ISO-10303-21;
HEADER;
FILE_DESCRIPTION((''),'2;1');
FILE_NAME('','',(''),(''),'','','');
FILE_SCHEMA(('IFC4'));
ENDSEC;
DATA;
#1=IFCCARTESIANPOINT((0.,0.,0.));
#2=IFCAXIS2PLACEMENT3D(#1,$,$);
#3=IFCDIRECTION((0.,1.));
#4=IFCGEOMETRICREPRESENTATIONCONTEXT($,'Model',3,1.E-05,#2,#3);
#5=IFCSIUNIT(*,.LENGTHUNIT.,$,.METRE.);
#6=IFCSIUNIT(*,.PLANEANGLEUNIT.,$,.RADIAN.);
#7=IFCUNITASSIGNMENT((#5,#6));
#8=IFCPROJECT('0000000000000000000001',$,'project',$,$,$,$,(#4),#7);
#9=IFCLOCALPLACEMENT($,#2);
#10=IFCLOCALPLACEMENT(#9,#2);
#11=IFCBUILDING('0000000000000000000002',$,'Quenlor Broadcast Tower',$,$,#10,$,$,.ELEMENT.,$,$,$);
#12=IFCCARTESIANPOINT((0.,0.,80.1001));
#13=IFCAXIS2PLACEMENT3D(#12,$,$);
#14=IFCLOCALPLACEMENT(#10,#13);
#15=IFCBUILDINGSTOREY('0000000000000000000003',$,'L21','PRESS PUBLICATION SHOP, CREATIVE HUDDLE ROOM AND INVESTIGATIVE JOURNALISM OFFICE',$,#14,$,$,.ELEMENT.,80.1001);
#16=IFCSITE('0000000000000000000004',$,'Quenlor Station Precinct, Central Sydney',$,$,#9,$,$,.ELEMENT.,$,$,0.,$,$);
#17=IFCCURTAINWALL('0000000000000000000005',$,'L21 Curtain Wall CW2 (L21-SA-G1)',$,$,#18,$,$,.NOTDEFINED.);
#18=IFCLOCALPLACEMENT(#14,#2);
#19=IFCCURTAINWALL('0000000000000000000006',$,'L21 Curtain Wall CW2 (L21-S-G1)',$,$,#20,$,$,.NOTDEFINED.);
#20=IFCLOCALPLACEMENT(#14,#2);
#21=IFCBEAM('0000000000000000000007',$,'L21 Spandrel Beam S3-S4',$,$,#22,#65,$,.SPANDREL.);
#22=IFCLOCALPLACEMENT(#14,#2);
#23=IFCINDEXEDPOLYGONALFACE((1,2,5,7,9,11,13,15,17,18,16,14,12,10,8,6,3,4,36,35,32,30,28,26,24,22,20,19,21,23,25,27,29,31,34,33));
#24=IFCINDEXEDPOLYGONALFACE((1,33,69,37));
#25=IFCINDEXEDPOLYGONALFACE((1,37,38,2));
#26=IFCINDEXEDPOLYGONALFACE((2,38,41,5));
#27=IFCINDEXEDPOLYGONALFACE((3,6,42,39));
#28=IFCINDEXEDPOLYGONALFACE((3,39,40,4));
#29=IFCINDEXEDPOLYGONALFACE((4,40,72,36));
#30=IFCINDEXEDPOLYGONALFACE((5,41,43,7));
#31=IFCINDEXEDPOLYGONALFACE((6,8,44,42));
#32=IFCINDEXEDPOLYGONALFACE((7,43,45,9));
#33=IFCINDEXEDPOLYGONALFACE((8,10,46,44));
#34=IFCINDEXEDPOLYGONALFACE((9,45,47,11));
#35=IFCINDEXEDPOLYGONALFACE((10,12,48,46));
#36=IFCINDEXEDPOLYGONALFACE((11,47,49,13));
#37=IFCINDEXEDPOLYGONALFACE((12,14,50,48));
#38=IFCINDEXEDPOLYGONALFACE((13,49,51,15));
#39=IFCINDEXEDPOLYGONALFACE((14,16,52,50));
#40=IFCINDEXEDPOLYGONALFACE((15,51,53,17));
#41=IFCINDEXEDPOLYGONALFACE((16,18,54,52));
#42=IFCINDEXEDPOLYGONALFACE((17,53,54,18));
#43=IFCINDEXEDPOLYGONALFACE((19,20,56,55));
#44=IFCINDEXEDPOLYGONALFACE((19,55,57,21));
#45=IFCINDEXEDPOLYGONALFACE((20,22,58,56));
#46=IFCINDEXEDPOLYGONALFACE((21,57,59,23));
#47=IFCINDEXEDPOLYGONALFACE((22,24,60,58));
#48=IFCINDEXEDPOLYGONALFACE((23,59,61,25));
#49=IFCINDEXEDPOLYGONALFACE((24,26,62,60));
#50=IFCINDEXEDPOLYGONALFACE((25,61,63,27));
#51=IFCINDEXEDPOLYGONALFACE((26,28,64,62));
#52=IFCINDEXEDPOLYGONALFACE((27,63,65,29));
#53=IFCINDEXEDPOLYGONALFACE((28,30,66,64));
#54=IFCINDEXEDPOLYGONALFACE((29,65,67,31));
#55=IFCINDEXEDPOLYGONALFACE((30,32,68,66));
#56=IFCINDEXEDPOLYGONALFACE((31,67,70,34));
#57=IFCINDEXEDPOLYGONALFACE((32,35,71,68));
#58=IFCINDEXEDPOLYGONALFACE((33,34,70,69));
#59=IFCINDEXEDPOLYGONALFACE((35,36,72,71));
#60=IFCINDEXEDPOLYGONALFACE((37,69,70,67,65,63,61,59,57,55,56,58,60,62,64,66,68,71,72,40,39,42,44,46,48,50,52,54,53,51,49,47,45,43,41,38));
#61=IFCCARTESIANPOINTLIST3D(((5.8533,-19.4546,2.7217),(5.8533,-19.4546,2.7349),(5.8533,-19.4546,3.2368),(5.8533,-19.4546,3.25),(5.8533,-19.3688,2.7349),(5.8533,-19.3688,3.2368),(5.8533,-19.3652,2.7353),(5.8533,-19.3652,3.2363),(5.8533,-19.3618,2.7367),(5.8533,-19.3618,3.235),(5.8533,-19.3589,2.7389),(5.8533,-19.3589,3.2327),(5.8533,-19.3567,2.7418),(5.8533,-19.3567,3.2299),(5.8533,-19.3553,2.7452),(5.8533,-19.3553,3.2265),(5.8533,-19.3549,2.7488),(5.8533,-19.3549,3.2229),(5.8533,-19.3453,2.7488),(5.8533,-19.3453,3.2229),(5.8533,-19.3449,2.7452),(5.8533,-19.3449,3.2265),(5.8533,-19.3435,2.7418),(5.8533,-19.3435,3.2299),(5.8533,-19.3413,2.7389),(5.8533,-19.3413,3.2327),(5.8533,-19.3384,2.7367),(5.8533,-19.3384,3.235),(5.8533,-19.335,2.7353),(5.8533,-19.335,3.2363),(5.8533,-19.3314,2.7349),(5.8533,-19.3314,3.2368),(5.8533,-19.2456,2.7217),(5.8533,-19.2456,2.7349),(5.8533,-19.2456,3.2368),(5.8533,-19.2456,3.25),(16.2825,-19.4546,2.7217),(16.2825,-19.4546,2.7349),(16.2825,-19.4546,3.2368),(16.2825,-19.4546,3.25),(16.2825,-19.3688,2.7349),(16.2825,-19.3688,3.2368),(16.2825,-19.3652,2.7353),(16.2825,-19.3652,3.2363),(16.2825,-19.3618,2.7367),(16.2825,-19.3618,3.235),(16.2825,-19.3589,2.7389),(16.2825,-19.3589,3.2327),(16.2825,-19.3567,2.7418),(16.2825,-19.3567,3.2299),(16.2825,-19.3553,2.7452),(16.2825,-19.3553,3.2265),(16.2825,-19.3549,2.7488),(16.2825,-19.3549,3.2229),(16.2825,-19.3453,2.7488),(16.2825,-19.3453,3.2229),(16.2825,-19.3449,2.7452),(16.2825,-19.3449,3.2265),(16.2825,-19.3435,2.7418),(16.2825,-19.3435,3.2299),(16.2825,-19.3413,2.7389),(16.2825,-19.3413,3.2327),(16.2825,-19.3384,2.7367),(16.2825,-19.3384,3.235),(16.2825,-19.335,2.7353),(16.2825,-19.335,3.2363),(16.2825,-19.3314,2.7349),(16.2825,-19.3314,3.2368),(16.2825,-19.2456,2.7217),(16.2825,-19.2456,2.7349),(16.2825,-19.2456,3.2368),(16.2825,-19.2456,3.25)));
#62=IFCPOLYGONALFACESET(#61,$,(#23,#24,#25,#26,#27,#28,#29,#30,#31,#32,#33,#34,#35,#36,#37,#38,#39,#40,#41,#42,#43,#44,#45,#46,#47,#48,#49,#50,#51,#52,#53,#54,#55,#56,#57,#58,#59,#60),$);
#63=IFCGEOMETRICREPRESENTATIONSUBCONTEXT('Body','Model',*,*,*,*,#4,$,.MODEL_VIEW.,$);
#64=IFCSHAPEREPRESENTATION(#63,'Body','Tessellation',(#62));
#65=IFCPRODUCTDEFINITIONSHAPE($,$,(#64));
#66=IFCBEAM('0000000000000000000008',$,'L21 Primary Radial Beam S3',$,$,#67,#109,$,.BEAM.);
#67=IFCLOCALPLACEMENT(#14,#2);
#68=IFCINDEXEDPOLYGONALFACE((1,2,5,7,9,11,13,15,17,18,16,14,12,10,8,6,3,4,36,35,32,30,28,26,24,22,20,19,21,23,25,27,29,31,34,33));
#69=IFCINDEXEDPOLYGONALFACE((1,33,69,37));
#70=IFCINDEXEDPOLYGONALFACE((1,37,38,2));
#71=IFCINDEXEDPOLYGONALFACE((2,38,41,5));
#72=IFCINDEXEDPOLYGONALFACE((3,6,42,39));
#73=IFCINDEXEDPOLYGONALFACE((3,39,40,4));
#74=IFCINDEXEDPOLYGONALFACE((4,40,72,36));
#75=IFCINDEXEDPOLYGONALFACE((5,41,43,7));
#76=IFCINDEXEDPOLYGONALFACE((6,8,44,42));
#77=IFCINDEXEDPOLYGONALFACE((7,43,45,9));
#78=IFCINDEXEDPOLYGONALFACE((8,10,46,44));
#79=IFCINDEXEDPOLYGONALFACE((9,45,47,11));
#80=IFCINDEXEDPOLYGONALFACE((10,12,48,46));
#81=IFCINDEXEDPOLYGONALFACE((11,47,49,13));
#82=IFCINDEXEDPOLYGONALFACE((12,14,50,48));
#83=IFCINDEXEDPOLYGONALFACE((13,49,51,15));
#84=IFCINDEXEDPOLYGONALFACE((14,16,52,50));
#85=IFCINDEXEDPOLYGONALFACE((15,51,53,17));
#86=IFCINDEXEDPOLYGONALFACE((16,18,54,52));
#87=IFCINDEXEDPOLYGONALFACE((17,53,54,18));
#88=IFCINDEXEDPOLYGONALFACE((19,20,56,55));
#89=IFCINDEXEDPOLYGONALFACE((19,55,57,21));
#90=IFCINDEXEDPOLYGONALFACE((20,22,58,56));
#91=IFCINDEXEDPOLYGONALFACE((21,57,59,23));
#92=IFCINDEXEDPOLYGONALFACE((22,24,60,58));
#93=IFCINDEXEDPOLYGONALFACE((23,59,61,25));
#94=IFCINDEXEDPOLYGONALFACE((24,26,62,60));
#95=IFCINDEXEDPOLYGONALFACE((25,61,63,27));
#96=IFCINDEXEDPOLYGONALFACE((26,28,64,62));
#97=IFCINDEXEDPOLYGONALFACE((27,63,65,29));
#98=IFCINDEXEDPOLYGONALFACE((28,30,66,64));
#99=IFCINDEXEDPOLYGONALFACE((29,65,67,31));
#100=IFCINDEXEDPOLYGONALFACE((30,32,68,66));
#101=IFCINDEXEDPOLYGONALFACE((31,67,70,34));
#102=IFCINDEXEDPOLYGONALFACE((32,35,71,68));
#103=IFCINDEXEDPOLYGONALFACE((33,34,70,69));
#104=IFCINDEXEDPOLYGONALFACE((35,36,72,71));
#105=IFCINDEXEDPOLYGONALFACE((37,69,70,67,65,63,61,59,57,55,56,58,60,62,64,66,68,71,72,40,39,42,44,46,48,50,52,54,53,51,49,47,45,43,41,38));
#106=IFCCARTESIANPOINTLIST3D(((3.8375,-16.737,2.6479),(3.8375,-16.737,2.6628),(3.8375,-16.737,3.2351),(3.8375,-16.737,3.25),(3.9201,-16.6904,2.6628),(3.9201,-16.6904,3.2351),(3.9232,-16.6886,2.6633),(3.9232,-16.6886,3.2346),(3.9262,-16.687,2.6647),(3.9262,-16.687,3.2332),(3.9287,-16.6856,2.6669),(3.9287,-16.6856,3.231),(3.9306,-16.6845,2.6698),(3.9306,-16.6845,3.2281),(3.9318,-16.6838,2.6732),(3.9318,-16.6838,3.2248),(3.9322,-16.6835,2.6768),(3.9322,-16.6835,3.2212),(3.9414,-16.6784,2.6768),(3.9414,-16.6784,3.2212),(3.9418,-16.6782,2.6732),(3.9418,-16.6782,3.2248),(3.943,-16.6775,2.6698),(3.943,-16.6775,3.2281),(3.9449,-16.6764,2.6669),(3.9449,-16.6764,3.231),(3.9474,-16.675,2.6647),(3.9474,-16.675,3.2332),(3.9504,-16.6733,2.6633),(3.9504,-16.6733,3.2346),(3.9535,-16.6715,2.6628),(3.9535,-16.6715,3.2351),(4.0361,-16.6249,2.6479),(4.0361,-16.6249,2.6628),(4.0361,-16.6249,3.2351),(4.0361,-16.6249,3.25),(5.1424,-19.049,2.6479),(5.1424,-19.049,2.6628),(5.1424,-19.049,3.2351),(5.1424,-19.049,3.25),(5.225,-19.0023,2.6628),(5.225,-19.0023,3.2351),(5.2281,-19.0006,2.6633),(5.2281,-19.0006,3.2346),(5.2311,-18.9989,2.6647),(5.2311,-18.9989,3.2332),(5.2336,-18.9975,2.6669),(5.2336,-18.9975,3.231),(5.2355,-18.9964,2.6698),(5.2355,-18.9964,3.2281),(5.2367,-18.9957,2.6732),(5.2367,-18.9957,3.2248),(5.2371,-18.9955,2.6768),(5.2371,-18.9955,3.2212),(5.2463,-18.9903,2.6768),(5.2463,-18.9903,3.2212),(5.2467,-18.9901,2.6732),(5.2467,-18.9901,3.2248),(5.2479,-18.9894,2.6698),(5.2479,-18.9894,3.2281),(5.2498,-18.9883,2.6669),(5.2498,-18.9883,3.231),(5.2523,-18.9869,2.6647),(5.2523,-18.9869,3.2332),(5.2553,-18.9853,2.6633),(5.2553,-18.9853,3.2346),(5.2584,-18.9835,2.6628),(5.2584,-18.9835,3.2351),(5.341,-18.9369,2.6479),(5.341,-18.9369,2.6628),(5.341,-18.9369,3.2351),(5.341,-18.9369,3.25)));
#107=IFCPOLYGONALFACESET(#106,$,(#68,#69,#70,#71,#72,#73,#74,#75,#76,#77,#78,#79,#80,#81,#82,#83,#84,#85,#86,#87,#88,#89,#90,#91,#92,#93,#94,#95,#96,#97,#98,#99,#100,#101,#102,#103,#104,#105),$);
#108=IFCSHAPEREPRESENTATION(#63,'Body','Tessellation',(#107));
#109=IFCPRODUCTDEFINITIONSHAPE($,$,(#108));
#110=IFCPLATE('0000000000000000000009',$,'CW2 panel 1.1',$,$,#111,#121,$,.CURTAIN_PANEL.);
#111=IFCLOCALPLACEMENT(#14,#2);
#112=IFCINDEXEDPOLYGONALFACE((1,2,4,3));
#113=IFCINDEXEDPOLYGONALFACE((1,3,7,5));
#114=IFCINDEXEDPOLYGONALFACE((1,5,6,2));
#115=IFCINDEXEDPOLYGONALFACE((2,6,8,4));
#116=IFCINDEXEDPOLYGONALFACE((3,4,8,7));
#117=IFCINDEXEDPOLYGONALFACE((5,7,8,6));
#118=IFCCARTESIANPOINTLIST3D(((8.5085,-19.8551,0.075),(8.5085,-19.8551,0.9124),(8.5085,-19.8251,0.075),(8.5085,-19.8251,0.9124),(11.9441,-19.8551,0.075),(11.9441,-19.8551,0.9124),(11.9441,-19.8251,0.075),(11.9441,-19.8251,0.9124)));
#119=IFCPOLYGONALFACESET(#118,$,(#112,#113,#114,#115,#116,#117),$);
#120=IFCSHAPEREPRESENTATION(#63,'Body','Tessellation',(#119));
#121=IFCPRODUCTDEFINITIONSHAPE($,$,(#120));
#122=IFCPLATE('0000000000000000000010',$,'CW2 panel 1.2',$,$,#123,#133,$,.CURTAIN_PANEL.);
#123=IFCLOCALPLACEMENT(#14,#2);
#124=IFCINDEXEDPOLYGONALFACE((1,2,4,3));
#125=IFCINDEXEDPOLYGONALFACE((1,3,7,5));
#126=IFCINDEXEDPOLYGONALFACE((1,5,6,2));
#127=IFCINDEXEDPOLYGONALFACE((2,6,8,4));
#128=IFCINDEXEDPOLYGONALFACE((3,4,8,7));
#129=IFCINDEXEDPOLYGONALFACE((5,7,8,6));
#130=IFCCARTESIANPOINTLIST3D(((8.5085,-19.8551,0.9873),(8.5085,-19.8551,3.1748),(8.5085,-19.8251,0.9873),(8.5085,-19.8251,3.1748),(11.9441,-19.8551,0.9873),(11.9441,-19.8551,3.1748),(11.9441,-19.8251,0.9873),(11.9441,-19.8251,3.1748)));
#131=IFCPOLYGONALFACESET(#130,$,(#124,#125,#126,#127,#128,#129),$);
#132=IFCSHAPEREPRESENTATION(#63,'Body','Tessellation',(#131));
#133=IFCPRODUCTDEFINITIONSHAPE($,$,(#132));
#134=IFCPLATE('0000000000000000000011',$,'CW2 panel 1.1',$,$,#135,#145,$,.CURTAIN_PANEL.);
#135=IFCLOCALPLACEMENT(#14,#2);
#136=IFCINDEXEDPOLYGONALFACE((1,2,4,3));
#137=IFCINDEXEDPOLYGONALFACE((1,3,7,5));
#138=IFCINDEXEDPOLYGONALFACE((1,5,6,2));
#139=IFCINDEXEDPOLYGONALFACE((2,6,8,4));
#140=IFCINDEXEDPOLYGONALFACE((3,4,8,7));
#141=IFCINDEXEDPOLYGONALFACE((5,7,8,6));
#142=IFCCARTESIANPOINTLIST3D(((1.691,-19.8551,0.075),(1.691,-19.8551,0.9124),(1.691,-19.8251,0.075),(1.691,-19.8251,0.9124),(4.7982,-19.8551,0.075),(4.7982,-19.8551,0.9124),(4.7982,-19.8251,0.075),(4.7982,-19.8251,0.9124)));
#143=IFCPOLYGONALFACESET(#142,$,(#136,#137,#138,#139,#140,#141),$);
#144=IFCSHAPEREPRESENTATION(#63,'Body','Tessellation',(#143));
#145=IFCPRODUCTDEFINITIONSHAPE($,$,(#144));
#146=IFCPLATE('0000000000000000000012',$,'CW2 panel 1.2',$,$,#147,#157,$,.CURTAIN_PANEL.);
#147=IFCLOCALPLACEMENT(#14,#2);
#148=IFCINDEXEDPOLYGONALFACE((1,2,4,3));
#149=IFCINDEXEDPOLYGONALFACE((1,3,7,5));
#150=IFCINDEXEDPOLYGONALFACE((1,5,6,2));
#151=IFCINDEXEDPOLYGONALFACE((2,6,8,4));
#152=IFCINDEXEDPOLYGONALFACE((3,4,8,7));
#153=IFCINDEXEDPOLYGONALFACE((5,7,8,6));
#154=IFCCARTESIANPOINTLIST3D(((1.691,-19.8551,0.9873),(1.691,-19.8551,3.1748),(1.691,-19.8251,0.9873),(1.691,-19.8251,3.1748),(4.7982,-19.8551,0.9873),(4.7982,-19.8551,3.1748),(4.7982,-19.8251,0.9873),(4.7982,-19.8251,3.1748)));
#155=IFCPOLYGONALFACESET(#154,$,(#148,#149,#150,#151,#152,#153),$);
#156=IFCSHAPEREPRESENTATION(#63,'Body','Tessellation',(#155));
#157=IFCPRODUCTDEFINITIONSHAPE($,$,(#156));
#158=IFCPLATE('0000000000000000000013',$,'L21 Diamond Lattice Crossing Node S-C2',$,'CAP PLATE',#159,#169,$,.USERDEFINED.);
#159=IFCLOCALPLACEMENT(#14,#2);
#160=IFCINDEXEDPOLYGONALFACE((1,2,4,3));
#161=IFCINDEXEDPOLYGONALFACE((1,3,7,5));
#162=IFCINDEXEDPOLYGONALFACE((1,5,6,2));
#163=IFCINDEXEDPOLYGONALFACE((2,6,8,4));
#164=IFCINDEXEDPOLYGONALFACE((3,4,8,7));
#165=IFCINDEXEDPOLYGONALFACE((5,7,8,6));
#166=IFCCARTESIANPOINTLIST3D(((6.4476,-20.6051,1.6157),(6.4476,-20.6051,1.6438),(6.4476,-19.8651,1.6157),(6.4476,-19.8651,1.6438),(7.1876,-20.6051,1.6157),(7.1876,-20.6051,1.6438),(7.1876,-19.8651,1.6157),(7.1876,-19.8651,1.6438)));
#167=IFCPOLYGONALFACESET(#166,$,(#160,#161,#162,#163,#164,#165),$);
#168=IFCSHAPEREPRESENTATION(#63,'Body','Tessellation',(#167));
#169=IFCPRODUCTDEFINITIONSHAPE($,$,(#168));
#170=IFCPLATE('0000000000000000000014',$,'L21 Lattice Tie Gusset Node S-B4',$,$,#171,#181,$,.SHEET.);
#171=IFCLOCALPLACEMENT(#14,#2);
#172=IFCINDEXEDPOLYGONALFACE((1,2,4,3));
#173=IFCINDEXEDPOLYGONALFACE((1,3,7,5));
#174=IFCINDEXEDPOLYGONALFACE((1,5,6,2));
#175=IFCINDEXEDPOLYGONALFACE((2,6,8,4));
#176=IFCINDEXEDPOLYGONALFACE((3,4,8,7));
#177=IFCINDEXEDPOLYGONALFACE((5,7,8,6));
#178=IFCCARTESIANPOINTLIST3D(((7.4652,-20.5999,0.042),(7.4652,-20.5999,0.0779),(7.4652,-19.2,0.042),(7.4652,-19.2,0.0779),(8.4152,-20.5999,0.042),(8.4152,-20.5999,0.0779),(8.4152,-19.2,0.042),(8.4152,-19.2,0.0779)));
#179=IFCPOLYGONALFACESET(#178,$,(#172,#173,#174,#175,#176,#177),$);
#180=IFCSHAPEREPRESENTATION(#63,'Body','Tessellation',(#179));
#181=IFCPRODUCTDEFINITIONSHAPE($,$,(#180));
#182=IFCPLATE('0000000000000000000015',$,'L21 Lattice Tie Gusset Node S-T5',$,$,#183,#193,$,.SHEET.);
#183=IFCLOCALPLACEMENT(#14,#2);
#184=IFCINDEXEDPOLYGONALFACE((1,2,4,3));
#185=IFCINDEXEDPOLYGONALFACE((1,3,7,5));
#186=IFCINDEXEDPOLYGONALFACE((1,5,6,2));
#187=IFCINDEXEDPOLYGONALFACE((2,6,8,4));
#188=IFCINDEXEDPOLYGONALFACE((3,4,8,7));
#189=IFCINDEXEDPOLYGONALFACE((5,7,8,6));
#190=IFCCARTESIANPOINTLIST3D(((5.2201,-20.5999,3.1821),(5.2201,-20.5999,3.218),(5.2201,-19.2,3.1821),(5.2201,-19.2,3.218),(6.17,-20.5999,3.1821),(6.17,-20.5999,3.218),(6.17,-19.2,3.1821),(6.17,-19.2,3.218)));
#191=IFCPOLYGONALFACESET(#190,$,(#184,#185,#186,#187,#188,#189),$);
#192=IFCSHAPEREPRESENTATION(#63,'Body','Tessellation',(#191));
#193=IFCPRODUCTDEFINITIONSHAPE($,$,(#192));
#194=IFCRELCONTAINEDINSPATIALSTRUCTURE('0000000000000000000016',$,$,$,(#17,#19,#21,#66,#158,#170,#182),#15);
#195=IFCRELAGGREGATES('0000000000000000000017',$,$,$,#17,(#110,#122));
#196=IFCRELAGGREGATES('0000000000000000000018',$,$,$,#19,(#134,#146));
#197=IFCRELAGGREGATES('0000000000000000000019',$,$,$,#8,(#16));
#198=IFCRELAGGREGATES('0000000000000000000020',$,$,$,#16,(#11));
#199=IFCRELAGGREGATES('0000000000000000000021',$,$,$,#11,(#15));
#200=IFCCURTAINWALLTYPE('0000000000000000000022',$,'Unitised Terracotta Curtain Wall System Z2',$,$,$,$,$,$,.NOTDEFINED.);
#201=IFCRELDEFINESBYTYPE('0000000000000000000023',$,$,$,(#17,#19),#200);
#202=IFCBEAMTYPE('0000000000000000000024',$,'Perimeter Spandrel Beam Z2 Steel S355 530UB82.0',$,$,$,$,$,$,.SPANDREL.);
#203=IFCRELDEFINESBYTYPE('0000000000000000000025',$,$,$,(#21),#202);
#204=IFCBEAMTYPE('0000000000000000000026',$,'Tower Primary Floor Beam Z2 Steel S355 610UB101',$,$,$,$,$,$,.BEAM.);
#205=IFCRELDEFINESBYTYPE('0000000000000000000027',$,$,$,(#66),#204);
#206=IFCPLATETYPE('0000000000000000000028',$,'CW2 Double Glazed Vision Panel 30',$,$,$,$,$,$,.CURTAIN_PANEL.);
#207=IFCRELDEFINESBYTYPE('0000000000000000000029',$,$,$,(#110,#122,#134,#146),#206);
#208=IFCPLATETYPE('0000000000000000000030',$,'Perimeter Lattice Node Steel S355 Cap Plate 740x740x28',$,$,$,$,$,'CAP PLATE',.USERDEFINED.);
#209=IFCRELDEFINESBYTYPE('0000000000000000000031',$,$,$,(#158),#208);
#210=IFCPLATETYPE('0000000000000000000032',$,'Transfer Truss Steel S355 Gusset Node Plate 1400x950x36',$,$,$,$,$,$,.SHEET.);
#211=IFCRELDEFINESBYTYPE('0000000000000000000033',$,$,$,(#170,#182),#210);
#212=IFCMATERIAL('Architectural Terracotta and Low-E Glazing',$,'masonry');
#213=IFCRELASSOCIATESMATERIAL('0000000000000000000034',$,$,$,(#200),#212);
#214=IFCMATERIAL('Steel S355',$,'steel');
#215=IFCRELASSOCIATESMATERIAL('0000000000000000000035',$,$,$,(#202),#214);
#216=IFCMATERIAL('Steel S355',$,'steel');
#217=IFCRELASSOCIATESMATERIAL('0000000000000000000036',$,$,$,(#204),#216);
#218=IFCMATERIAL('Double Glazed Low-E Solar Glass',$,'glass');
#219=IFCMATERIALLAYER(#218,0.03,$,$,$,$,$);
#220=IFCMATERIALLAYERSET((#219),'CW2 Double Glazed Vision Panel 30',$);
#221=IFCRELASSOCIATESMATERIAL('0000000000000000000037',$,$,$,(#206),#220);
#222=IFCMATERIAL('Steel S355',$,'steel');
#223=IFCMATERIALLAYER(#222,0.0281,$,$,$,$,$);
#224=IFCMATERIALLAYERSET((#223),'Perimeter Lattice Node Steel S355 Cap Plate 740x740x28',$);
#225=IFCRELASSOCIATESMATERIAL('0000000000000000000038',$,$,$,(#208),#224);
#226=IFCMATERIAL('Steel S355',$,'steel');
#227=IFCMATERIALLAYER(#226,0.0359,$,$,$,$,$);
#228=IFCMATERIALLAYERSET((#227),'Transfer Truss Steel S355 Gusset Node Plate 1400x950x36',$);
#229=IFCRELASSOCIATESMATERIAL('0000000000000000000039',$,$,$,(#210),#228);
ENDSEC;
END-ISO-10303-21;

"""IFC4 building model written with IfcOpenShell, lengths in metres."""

from ifc_helpers import new_model, si_unit, direction, frame, origin, origin_2d, place, context, subcontext, project, spatial, rectangle, i_section, extrude, material, layer, layer_set, material_profile, profile_set, type_object, element, aggregate, save


model = new_model("IFC4")

# Units and contexts
model_context = context("Model", 3, precision=1e-05, world=origin(), true_north=direction((0.0, 1.0)))
body_context = subcontext(model_context, "Body", "Model", "MODEL_VIEW")
ifc_project = project(units=[si_unit("LENGTHUNIT", "METRE"), si_unit("PLANEANGLEUNIT", "RADIAN")], contexts=[model_context])

# Site, building, storey
site_placement = place(None, origin())
site = spatial("IfcSite", under=ifc_project, at=site_placement, Name="Quenlor Station Precinct, Central Sydney", CompositionType="ELEMENT", RefElevation=0.0)
building_placement = place(site_placement, origin())
building = spatial("IfcBuilding", under=site, at=building_placement, Name="Quenlor Broadcast Tower", CompositionType="ELEMENT")
storey_placement = place(building_placement, frame((0.0, 0.0, 80.1001)))
storey = spatial("IfcBuildingStorey", under=building, at=storey_placement, Name="L21", Description="PRESS PUBLICATION SHOP, CREATIVE HUDDLE ROOM AND INVESTIGATIVE JOURNALISM OFFICE", CompositionType="ELEMENT", Elevation=80.1001)

# Curtain wall
ifc_material_1 = material(Name="Architectural Terracotta and Low-E Glazing", Category="masonry")
curtain_wall_type = type_object("IfcCurtainWallType", Name="Unitised Terracotta Curtain Wall System Z2", PredefinedType="NOTDEFINED", material=ifc_material_1)
curtain_wall_1_placement = place(storey_placement, origin())
curtain_wall_1 = element("IfcCurtainWall", 1, at=curtain_wall_1_placement, inside=storey, type_object=curtain_wall_type, Name="L21 Curtain Wall CW2 (L21-SA-G1)", PredefinedType="NOTDEFINED")

# Curtain wall
curtain_wall_2_placement = place(storey_placement, origin())
curtain_wall_2 = element("IfcCurtainWall", 2, at=curtain_wall_2_placement, inside=storey, type_object=curtain_wall_type, Name="L21 Curtain Wall CW2 (L21-S-G1)", PredefinedType="NOTDEFINED")

# Beams
ifc_material_2 = material(Name="Steel S355", Category="steel")
ifc_material_profile_1 = material_profile(ifc_material_2, i_section(OverallWidth=0.209, OverallDepth=0.5283, WebThickness=0.0095, FlangeThickness=0.0132, FilletRadius=0.0139, at=origin_2d()))
ifc_profile_set_1 = profile_set([ifc_material_profile_1], Name="Steel S355 530UB82.0")
beam_type_1 = type_object("IfcBeamType", Name="Perimeter Spandrel Beam Z2 Steel S355 530UB82.0", PredefinedType="SPANDREL", material=ifc_profile_set_1)
beam_1_placement = place(storey_placement, frame((5.8533, -19.3501, 2.9858), z_axis=(1.0, 0.0, 0.0), x_axis=(0.0, 1.0, 0.0)))
element("IfcBeam", 3, at=beam_1_placement, inside=storey, type_object=beam_type_1, Name="L21 Spandrel Beam S3-S4", PredefinedType="SPANDREL", context=body_context, shape_type="SweptSolid", body=[
    extrude(i_section(OverallWidth=0.209, OverallDepth=0.5283, WebThickness=0.0095, FlangeThickness=0.0132, FilletRadius=0.0139, at=origin_2d()), origin(), (0.0, 0.0, 1.0), 10.4292),
])
ifc_material_3 = material(Name="Steel S355", Category="steel")
ifc_material_profile_2 = material_profile(ifc_material_3, i_section(OverallWidth=0.228, OverallDepth=0.6021, WebThickness=0.0105, FlangeThickness=0.0149, FilletRadius=0.0139, at=origin_2d()))
ifc_profile_set_2 = profile_set([ifc_material_profile_2], Name="Steel S355 610UB101")
beam_type_2 = type_object("IfcBeamType", Name="Tower Primary Floor Beam Z2 Steel S355 610UB101", PredefinedType="BEAM", material=ifc_profile_set_2)
beam_2_placement = place(storey_placement, frame((5.2417, -18.9929, 2.949), z_axis=(-0.491527, 0.870862, 0.0), x_axis=(-0.870862, -0.491527, 0.0)))
element("IfcBeam", 4, at=beam_2_placement, inside=storey, type_object=beam_type_2, Name="L21 Primary Radial Beam S3", PredefinedType="BEAM", context=body_context, shape_type="SweptSolid", body=[
    extrude(i_section(OverallWidth=0.228, OverallDepth=0.6021, WebThickness=0.0105, FlangeThickness=0.0149, FilletRadius=0.0139, at=origin_2d()), origin(), (0.0, 0.0, 1.0), 2.6548),
])

# Plates
ifc_material_4 = material(Name="Double Glazed Low-E Solar Glass", Category="glass")
ifc_layer_1 = layer(ifc_material_4, 0.03)
ifc_layer_set_1 = layer_set([ifc_layer_1], Name="CW2 Double Glazed Vision Panel 30")
plate_type_1 = type_object("IfcPlateType", Name="CW2 Double Glazed Vision Panel 30", PredefinedType="CURTAIN_PANEL", material=ifc_layer_set_1)
plate_1_placement = place(storey_placement, frame((10.2263, -19.8401, 0.075), z_axis=(0.0, 0.0, 1.0), x_axis=(-1.0, 0.0, 0.0)))
plate_1 = element("IfcPlate", 5, at=plate_1_placement, type_object=plate_type_1, Name="CW2 panel 1.1", PredefinedType="CURTAIN_PANEL", context=body_context, shape_type="SweptSolid", body=[
    extrude(rectangle(XDim=3.4355, YDim=0.03, at=origin_2d()), origin(), (0.0, 0.0, 1.0), 0.8374),
])
plate_2_placement = place(storey_placement, frame((10.2263, -19.8401, 0.9873), z_axis=(0.0, 0.0, 1.0), x_axis=(-1.0, 0.0, 0.0)))
plate_2 = element("IfcPlate", 6, at=plate_2_placement, type_object=plate_type_1, Name="CW2 panel 1.2", PredefinedType="CURTAIN_PANEL", context=body_context, shape_type="SweptSolid", body=[
    extrude(rectangle(XDim=3.4355, YDim=0.03, at=origin_2d()), origin(), (0.0, 0.0, 1.0), 2.1875),
])
aggregate(curtain_wall_1, [plate_1, plate_2])
plate_3_placement = place(storey_placement, frame((3.2446, -19.8401, 0.075), z_axis=(0.0, 0.0, 1.0), x_axis=(-1.0, 0.0, 0.0)))
plate_3 = element("IfcPlate", 7, at=plate_3_placement, type_object=plate_type_1, Name="CW2 panel 1.1", PredefinedType="CURTAIN_PANEL", context=body_context, shape_type="SweptSolid", body=[
    extrude(rectangle(XDim=3.1072, YDim=0.03, at=origin_2d()), origin(), (0.0, 0.0, 1.0), 0.8374),
])
plate_4_placement = place(storey_placement, frame((3.2446, -19.8401, 0.9873), z_axis=(0.0, 0.0, 1.0), x_axis=(-1.0, 0.0, 0.0)))
plate_4 = element("IfcPlate", 8, at=plate_4_placement, type_object=plate_type_1, Name="CW2 panel 1.2", PredefinedType="CURTAIN_PANEL", context=body_context, shape_type="SweptSolid", body=[
    extrude(rectangle(XDim=3.1072, YDim=0.03, at=origin_2d()), origin(), (0.0, 0.0, 1.0), 2.1875),
])
aggregate(curtain_wall_2, [plate_3, plate_4])

# Plates
ifc_material_5 = material(Name="Steel S355", Category="steel")
ifc_layer_2 = layer(ifc_material_5, 0.0281)
ifc_layer_set_2 = layer_set([ifc_layer_2], Name="Perimeter Lattice Node Steel S355 Cap Plate 740x740x28")
plate_type_2 = type_object("IfcPlateType", Name="Perimeter Lattice Node Steel S355 Cap Plate 740x740x28", ElementType="CAP PLATE", PredefinedType="USERDEFINED", material=ifc_layer_set_2)
plate_5_placement = place(storey_placement, frame((6.8176, -20.2351, 1.6157), z_axis=(0.0, 0.0, 1.0), x_axis=(-1.0, 0.0, 0.0)))
element("IfcPlate", 9, at=plate_5_placement, inside=storey, type_object=plate_type_2, Name="L21 Diamond Lattice Crossing Node S-C2", ObjectType="CAP PLATE", PredefinedType="USERDEFINED", context=body_context, shape_type="SweptSolid", body=[
    extrude(rectangle(XDim=0.74, YDim=0.74, at=origin_2d()), origin(), (0.0, 0.0, 1.0), 0.0281),
])
ifc_material_6 = material(Name="Steel S355", Category="steel")
ifc_layer_3 = layer(ifc_material_6, 0.0359)
ifc_layer_set_3 = layer_set([ifc_layer_3], Name="Transfer Truss Steel S355 Gusset Node Plate 1400x950x36")
plate_type_3 = type_object("IfcPlateType", Name="Transfer Truss Steel S355 Gusset Node Plate 1400x950x36", PredefinedType="SHEET", material=ifc_layer_set_3)
for number, where, z_axis, x_axis, name in (
    (10, (7.9402, -19.8999, 0.042), (0.0, 0.0, 1.0), (0.0, -1.0, 0.0), "L21 Lattice Tie Gusset Node S-B4"),
    (11, (5.6951, -19.8999, 3.1821), (0.0, 0.0, 1.0), (0.0, -1.0, 0.0), "L21 Lattice Tie Gusset Node S-T5"),
):
    element("IfcPlate", number, at=place(storey_placement, frame(where, z_axis=z_axis, x_axis=x_axis)), inside=storey, type_object=plate_type_3, Name=name, PredefinedType="SHEET", context=body_context, shape_type="SweptSolid", body=[
        extrude(rectangle(XDim=1.3999, YDim=0.95, at=origin_2d()), origin(), (0.0, 0.0, 1.0), 0.0359),
    ])

save(model, "model.ifc")
